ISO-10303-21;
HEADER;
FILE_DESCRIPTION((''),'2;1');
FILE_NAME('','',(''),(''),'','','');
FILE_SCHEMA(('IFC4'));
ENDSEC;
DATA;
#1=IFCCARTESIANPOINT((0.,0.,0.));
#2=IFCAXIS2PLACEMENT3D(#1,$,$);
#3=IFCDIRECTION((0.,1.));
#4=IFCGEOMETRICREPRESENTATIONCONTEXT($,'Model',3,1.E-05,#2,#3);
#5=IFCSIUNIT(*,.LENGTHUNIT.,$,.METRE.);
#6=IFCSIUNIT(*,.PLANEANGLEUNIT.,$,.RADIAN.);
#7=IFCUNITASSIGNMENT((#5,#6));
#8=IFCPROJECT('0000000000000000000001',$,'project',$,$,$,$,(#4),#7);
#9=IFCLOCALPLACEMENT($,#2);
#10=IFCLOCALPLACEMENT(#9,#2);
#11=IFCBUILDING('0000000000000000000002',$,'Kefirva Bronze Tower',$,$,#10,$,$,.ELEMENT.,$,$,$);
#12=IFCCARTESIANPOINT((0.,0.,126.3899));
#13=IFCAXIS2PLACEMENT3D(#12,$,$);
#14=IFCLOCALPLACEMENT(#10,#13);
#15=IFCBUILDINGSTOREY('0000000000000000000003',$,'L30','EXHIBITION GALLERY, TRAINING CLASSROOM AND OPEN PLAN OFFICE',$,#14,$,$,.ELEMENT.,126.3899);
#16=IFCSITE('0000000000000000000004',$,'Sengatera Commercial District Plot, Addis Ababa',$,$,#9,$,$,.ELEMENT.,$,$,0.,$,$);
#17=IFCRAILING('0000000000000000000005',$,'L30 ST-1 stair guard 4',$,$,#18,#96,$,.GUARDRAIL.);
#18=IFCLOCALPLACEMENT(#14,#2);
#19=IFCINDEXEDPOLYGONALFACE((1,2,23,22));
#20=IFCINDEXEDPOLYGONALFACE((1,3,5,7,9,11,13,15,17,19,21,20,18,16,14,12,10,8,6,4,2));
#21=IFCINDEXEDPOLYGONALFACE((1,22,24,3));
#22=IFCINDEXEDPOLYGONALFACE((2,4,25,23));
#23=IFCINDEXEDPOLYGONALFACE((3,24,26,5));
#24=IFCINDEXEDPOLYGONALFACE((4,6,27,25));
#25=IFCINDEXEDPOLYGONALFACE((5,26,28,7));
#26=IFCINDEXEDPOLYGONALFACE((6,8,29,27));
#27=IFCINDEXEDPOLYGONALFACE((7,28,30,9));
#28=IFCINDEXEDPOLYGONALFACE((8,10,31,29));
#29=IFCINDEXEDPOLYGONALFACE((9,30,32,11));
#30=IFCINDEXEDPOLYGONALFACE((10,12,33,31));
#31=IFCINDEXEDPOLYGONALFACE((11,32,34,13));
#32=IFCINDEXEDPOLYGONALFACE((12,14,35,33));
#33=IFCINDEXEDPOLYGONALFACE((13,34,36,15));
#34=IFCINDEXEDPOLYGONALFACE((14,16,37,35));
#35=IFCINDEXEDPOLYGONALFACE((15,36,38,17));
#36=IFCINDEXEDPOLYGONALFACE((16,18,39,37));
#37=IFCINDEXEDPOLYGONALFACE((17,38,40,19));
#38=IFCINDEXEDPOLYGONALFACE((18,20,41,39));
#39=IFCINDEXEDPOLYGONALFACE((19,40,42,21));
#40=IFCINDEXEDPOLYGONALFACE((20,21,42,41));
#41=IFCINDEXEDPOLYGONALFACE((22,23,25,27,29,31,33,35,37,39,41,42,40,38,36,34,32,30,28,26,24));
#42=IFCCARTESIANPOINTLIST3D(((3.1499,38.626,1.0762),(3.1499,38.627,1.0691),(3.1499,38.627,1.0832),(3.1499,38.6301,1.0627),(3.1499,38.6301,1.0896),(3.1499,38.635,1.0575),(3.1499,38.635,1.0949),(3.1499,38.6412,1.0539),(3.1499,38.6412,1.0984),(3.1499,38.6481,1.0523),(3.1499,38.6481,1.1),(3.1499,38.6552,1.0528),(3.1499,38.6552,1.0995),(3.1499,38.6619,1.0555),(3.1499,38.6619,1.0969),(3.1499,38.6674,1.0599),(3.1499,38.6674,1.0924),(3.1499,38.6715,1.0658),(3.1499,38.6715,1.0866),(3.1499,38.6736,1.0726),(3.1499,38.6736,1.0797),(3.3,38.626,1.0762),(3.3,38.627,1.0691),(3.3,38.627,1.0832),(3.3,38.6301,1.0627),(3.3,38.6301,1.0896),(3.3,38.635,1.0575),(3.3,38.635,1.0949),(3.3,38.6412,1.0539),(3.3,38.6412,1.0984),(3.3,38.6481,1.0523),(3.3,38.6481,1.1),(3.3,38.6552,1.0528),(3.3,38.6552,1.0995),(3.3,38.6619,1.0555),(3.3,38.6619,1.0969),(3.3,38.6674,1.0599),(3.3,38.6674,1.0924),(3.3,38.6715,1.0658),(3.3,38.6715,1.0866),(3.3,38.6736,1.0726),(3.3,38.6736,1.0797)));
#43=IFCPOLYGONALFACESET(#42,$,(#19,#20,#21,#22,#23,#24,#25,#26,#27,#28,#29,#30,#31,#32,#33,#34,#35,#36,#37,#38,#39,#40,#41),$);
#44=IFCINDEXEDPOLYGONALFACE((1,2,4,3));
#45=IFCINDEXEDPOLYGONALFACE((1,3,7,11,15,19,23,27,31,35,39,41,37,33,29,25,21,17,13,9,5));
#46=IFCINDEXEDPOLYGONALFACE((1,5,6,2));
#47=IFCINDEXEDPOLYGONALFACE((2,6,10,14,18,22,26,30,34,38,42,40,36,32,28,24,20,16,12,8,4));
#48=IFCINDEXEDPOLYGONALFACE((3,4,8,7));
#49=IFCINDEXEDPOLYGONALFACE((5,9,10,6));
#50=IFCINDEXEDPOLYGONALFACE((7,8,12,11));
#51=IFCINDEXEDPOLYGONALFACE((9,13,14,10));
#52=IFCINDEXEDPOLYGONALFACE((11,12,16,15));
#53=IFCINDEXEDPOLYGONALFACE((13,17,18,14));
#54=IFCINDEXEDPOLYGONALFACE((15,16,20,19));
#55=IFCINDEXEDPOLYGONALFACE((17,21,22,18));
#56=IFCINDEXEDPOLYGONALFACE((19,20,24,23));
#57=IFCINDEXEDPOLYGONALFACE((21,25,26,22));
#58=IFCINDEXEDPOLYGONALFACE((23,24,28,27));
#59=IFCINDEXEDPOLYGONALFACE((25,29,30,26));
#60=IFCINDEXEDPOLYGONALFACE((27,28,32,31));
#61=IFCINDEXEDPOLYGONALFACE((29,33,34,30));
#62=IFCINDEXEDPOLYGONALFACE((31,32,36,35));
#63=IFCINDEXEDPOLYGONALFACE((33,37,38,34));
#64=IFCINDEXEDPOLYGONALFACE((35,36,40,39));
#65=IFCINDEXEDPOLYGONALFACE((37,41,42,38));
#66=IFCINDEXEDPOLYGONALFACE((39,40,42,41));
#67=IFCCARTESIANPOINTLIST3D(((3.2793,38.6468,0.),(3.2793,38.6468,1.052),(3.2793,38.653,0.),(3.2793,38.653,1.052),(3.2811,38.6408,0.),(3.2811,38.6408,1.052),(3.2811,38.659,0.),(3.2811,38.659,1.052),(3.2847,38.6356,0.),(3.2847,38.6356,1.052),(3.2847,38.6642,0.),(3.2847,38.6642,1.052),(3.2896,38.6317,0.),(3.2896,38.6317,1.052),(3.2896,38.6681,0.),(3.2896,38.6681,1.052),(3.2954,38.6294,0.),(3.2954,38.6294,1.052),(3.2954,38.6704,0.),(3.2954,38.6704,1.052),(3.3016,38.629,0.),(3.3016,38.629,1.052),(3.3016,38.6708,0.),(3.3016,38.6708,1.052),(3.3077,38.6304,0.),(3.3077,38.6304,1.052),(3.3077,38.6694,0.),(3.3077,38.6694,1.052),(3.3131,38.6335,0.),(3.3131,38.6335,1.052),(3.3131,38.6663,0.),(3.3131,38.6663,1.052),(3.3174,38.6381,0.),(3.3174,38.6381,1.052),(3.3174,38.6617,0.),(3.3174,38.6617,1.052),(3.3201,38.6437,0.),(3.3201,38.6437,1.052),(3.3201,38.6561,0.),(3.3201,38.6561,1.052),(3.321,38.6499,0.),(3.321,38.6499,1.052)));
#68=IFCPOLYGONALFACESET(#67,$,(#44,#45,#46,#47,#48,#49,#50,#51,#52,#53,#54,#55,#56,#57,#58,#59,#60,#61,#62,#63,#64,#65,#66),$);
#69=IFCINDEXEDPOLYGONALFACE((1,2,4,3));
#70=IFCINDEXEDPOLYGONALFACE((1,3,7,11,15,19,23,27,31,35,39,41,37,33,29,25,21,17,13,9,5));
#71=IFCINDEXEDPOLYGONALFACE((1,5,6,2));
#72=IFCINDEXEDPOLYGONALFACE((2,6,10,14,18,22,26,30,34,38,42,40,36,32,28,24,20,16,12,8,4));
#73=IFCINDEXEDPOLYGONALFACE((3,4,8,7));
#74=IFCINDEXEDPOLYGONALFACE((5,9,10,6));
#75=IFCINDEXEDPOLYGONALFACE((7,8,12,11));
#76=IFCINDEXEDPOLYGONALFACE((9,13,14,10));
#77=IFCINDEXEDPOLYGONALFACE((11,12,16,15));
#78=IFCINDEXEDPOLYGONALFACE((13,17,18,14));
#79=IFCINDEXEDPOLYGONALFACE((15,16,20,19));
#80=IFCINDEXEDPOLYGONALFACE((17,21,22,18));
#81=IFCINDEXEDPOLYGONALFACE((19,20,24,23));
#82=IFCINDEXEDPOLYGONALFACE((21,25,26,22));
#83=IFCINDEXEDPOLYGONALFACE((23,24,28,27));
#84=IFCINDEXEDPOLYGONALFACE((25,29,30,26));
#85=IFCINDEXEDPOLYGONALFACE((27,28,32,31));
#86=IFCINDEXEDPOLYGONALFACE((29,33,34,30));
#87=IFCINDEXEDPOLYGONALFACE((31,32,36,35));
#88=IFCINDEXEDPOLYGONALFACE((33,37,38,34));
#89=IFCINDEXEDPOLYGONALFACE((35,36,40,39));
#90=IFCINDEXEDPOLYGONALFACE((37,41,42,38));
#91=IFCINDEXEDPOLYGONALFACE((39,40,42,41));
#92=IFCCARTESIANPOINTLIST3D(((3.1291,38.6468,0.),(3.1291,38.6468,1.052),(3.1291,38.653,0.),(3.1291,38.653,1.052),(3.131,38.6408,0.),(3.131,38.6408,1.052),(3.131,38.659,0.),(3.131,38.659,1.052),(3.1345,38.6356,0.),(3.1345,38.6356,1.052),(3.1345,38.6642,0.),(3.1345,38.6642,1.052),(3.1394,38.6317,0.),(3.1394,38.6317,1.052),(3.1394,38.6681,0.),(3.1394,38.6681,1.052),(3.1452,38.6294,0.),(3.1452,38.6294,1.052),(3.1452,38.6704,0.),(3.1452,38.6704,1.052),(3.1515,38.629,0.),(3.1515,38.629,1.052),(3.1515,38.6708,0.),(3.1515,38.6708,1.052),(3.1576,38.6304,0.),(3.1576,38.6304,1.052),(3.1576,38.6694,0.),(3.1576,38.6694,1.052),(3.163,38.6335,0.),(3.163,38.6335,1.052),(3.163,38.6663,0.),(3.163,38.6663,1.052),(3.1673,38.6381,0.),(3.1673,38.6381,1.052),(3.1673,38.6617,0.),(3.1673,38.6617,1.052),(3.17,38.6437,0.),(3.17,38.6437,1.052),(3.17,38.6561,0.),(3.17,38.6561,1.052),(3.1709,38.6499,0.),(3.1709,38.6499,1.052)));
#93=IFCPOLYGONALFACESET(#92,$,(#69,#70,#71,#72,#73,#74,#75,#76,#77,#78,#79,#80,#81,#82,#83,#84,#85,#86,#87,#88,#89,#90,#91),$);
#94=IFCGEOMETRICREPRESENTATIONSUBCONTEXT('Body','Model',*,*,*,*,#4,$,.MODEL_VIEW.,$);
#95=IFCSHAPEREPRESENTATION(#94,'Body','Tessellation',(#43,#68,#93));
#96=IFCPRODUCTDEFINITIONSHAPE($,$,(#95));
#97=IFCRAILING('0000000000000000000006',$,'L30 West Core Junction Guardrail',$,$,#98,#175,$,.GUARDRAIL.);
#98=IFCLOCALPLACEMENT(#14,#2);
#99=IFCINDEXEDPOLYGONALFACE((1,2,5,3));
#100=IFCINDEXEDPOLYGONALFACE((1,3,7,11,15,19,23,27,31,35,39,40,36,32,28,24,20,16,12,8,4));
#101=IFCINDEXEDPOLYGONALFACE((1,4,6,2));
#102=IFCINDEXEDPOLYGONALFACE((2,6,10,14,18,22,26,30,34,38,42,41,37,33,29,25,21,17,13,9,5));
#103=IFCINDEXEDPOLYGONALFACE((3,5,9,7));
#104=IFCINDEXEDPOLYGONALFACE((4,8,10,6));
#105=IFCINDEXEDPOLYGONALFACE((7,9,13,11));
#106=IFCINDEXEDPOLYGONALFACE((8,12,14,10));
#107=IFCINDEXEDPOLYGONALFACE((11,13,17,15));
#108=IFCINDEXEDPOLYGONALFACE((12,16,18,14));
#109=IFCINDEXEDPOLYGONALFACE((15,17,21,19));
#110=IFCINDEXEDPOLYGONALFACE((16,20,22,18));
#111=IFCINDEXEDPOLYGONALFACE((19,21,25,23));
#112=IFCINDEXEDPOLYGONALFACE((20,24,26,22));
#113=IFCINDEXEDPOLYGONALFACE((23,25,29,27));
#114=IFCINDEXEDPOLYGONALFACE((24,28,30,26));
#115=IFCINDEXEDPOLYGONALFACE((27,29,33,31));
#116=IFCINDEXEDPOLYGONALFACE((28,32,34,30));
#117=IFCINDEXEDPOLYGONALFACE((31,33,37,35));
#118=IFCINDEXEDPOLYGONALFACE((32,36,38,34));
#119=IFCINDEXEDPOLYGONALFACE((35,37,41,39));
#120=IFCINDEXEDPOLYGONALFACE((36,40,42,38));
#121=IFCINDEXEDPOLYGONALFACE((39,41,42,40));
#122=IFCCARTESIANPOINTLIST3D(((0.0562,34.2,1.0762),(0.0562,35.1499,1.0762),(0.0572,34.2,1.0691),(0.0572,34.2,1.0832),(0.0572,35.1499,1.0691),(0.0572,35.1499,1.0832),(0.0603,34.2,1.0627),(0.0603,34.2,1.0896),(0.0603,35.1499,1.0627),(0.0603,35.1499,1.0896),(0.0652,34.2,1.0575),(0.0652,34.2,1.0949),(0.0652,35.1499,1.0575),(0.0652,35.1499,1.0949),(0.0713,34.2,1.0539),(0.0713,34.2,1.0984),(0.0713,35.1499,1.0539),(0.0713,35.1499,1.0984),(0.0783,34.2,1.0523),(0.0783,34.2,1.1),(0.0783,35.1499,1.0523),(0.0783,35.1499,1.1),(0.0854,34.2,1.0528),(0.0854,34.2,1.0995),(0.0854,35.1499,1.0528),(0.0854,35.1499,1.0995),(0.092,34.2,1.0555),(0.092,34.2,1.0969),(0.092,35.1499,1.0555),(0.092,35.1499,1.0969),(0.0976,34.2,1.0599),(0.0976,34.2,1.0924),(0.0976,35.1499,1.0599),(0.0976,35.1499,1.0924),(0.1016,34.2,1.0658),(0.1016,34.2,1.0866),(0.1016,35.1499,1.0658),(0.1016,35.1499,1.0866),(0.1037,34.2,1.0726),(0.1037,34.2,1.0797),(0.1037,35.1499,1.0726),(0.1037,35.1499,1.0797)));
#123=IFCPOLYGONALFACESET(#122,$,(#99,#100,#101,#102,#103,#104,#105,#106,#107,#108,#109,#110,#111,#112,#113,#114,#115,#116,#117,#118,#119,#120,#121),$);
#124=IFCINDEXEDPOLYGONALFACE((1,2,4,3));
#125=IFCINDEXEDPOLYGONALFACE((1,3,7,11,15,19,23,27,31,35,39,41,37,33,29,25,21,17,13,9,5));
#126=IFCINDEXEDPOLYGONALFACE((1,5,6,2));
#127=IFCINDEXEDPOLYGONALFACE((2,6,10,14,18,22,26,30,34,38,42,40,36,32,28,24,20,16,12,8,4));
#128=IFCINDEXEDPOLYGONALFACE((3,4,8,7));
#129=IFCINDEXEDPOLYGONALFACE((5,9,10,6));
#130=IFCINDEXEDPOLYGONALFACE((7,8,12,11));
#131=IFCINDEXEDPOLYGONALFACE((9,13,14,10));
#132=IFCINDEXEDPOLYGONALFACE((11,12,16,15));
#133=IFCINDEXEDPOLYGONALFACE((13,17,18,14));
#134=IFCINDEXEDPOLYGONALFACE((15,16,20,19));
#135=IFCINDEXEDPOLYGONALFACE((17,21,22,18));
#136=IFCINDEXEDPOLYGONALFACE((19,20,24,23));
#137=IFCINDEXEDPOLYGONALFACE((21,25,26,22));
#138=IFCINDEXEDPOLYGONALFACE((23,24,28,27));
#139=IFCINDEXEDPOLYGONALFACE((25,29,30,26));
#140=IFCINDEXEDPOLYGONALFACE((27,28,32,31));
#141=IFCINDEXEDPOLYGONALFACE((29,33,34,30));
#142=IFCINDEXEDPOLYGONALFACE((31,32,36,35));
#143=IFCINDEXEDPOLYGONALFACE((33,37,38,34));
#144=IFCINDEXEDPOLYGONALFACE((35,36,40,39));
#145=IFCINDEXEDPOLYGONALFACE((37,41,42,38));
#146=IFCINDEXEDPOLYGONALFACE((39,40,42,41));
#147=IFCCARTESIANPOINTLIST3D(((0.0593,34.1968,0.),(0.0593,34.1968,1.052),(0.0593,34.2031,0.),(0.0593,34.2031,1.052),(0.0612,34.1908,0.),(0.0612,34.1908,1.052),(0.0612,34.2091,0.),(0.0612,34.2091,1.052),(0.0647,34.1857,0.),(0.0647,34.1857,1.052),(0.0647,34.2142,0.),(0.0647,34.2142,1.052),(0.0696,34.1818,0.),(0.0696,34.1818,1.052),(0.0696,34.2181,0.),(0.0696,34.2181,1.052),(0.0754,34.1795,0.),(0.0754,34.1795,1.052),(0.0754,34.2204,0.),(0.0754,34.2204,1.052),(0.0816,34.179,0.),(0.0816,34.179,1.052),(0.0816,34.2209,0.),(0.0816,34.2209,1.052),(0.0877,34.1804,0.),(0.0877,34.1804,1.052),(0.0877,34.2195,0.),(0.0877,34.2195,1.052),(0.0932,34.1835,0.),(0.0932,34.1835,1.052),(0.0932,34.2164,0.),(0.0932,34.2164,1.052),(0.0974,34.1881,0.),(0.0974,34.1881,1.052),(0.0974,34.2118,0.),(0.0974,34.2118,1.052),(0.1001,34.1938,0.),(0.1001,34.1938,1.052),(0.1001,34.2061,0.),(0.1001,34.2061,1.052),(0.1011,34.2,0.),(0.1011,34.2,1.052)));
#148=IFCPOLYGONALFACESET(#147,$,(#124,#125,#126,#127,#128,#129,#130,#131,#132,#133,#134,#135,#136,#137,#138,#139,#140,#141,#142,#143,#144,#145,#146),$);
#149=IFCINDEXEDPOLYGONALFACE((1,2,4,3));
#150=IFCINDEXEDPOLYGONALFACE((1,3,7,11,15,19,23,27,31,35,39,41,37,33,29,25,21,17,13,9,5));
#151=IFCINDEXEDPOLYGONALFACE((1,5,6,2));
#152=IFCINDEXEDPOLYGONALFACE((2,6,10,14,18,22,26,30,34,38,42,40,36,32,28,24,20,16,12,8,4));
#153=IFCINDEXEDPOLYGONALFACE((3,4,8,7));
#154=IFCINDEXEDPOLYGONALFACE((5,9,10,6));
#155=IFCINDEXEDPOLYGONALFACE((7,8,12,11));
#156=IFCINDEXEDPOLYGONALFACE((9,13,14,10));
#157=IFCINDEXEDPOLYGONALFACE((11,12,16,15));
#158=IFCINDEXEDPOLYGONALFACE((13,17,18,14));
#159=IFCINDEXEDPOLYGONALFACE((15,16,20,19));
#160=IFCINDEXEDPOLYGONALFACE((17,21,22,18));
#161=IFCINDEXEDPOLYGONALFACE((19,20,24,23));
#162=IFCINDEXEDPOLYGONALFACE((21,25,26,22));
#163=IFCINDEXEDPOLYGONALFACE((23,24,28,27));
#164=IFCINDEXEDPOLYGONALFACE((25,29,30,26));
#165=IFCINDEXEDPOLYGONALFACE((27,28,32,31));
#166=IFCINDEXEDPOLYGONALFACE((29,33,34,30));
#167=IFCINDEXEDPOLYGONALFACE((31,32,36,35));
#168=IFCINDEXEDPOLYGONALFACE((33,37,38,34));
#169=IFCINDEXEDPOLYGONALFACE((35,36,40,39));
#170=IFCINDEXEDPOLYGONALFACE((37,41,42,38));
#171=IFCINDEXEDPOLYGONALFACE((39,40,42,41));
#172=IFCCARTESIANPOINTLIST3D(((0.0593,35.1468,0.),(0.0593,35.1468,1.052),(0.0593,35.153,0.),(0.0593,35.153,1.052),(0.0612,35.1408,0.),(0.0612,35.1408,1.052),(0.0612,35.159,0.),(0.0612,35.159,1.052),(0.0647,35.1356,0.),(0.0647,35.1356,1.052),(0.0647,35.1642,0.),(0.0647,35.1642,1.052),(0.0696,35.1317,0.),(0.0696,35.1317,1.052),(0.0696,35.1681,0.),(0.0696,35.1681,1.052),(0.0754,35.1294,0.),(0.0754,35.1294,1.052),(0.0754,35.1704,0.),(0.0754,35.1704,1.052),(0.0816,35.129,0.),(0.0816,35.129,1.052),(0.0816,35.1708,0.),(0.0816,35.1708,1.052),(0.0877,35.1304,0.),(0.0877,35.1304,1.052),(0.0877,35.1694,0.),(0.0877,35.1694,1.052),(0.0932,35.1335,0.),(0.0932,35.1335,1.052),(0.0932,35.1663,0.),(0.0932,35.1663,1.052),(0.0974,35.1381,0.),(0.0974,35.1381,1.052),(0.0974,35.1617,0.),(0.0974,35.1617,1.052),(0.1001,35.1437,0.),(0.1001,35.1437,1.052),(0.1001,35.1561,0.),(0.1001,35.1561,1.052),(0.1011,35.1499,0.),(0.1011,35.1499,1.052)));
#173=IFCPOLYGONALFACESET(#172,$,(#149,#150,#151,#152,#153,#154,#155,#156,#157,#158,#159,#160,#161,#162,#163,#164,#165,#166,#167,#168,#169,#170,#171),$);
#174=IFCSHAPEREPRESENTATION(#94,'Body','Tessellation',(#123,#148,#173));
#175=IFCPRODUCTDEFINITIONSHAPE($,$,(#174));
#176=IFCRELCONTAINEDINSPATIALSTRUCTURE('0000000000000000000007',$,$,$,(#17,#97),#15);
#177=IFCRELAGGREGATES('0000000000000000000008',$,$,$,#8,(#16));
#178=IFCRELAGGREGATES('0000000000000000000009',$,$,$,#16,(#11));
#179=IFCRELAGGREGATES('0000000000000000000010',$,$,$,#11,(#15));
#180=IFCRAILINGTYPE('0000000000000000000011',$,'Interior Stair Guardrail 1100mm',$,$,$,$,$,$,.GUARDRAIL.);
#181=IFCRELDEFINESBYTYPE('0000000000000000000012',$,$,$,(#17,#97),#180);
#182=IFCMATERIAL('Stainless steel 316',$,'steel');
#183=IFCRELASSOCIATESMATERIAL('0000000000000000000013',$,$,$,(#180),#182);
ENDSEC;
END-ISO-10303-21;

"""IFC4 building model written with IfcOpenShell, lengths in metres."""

from ifc_helpers import new_model, si_unit, direction, frame, origin, origin_2d, place, context, subcontext, project, spatial, circle, extrude, material, type_object, element, save


model = new_model("IFC4")

# Units and contexts
model_context = context("Model", 3, precision=1e-05, world=origin(), true_north=direction((0.0, 1.0)))
body_context = subcontext(model_context, "Body", "Model", "MODEL_VIEW")
ifc_project = project(units=[si_unit("LENGTHUNIT", "METRE"), si_unit("PLANEANGLEUNIT", "RADIAN")], contexts=[model_context])

# Site, building, storey
site_placement = place(None, origin())
site = spatial("IfcSite", under=ifc_project, at=site_placement, Name="Sengatera Commercial District Plot, Addis Ababa", CompositionType="ELEMENT", RefElevation=0.0)
building_placement = place(site_placement, origin())
building = spatial("IfcBuilding", under=site, at=building_placement, Name="Kefirva Bronze Tower", CompositionType="ELEMENT")
storey_placement = place(building_placement, frame((0.0, 0.0, 126.3899)))
storey = spatial("IfcBuildingStorey", under=building, at=storey_placement, Name="L30", Description="EXHIBITION GALLERY, TRAINING CLASSROOM AND OPEN PLAN OFFICE", CompositionType="ELEMENT", Elevation=126.3899)

# Railings
ifc_material_1 = material(Name="Stainless steel 316", Category="steel")
railing_type_1 = type_object("IfcRailingType", Name="Interior Stair Guardrail 1100mm", PredefinedType="GUARDRAIL", material=ifc_material_1)
railing_1_placement = place(storey_placement, frame((3.3, 38.6499, 0.0)))
element("IfcRailing", 1, at=railing_1_placement, inside=storey, type_object=railing_type_1, Name="L30 ST-1 stair guard 4", PredefinedType="GUARDRAIL", context=body_context, shape_type="SweptSolid", body=[
    extrude(circle(Radius=0.0239, at=origin_2d()), frame((0.0, 0.0, 1.0762), z_axis=(-1.0, 0.0, 0.0), x_axis=(0.0, -1.0, 0.0)), (0.0, 0.0, 1.0), 0.1501),
    extrude(circle(Radius=0.021, at=origin_2d()), origin(), (0.0, 0.0, 1.0), 1.052),
    extrude(circle(Radius=0.021, at=origin_2d()), frame((-0.1501, 0.0, 0.0)), (0.0, 0.0, 1.0), 1.052),
])
railing_2_placement = place(storey_placement, frame((0.0801, 34.2, 0.0)))
element("IfcRailing", 2, at=railing_2_placement, inside=storey, type_object=railing_type_1, Name="L30 West Core Junction Guardrail", PredefinedType="GUARDRAIL", context=body_context, shape_type="SweptSolid", body=[
    extrude(circle(Radius=0.0239, at=origin_2d()), frame((0.0, 0.0, 1.0762), z_axis=(0.0, 1.0, 0.0), x_axis=(-1.0, 0.0, 0.0)), (0.0, 0.0, 1.0), 0.95),
    extrude(circle(Radius=0.021, at=origin_2d()), origin(), (0.0, 0.0, 1.0), 1.052),
    extrude(circle(Radius=0.021, at=origin_2d()), frame((0.0, 0.95, 0.0)), (0.0, 0.0, 1.0), 1.052),
])

save(model, "model.ifc")
